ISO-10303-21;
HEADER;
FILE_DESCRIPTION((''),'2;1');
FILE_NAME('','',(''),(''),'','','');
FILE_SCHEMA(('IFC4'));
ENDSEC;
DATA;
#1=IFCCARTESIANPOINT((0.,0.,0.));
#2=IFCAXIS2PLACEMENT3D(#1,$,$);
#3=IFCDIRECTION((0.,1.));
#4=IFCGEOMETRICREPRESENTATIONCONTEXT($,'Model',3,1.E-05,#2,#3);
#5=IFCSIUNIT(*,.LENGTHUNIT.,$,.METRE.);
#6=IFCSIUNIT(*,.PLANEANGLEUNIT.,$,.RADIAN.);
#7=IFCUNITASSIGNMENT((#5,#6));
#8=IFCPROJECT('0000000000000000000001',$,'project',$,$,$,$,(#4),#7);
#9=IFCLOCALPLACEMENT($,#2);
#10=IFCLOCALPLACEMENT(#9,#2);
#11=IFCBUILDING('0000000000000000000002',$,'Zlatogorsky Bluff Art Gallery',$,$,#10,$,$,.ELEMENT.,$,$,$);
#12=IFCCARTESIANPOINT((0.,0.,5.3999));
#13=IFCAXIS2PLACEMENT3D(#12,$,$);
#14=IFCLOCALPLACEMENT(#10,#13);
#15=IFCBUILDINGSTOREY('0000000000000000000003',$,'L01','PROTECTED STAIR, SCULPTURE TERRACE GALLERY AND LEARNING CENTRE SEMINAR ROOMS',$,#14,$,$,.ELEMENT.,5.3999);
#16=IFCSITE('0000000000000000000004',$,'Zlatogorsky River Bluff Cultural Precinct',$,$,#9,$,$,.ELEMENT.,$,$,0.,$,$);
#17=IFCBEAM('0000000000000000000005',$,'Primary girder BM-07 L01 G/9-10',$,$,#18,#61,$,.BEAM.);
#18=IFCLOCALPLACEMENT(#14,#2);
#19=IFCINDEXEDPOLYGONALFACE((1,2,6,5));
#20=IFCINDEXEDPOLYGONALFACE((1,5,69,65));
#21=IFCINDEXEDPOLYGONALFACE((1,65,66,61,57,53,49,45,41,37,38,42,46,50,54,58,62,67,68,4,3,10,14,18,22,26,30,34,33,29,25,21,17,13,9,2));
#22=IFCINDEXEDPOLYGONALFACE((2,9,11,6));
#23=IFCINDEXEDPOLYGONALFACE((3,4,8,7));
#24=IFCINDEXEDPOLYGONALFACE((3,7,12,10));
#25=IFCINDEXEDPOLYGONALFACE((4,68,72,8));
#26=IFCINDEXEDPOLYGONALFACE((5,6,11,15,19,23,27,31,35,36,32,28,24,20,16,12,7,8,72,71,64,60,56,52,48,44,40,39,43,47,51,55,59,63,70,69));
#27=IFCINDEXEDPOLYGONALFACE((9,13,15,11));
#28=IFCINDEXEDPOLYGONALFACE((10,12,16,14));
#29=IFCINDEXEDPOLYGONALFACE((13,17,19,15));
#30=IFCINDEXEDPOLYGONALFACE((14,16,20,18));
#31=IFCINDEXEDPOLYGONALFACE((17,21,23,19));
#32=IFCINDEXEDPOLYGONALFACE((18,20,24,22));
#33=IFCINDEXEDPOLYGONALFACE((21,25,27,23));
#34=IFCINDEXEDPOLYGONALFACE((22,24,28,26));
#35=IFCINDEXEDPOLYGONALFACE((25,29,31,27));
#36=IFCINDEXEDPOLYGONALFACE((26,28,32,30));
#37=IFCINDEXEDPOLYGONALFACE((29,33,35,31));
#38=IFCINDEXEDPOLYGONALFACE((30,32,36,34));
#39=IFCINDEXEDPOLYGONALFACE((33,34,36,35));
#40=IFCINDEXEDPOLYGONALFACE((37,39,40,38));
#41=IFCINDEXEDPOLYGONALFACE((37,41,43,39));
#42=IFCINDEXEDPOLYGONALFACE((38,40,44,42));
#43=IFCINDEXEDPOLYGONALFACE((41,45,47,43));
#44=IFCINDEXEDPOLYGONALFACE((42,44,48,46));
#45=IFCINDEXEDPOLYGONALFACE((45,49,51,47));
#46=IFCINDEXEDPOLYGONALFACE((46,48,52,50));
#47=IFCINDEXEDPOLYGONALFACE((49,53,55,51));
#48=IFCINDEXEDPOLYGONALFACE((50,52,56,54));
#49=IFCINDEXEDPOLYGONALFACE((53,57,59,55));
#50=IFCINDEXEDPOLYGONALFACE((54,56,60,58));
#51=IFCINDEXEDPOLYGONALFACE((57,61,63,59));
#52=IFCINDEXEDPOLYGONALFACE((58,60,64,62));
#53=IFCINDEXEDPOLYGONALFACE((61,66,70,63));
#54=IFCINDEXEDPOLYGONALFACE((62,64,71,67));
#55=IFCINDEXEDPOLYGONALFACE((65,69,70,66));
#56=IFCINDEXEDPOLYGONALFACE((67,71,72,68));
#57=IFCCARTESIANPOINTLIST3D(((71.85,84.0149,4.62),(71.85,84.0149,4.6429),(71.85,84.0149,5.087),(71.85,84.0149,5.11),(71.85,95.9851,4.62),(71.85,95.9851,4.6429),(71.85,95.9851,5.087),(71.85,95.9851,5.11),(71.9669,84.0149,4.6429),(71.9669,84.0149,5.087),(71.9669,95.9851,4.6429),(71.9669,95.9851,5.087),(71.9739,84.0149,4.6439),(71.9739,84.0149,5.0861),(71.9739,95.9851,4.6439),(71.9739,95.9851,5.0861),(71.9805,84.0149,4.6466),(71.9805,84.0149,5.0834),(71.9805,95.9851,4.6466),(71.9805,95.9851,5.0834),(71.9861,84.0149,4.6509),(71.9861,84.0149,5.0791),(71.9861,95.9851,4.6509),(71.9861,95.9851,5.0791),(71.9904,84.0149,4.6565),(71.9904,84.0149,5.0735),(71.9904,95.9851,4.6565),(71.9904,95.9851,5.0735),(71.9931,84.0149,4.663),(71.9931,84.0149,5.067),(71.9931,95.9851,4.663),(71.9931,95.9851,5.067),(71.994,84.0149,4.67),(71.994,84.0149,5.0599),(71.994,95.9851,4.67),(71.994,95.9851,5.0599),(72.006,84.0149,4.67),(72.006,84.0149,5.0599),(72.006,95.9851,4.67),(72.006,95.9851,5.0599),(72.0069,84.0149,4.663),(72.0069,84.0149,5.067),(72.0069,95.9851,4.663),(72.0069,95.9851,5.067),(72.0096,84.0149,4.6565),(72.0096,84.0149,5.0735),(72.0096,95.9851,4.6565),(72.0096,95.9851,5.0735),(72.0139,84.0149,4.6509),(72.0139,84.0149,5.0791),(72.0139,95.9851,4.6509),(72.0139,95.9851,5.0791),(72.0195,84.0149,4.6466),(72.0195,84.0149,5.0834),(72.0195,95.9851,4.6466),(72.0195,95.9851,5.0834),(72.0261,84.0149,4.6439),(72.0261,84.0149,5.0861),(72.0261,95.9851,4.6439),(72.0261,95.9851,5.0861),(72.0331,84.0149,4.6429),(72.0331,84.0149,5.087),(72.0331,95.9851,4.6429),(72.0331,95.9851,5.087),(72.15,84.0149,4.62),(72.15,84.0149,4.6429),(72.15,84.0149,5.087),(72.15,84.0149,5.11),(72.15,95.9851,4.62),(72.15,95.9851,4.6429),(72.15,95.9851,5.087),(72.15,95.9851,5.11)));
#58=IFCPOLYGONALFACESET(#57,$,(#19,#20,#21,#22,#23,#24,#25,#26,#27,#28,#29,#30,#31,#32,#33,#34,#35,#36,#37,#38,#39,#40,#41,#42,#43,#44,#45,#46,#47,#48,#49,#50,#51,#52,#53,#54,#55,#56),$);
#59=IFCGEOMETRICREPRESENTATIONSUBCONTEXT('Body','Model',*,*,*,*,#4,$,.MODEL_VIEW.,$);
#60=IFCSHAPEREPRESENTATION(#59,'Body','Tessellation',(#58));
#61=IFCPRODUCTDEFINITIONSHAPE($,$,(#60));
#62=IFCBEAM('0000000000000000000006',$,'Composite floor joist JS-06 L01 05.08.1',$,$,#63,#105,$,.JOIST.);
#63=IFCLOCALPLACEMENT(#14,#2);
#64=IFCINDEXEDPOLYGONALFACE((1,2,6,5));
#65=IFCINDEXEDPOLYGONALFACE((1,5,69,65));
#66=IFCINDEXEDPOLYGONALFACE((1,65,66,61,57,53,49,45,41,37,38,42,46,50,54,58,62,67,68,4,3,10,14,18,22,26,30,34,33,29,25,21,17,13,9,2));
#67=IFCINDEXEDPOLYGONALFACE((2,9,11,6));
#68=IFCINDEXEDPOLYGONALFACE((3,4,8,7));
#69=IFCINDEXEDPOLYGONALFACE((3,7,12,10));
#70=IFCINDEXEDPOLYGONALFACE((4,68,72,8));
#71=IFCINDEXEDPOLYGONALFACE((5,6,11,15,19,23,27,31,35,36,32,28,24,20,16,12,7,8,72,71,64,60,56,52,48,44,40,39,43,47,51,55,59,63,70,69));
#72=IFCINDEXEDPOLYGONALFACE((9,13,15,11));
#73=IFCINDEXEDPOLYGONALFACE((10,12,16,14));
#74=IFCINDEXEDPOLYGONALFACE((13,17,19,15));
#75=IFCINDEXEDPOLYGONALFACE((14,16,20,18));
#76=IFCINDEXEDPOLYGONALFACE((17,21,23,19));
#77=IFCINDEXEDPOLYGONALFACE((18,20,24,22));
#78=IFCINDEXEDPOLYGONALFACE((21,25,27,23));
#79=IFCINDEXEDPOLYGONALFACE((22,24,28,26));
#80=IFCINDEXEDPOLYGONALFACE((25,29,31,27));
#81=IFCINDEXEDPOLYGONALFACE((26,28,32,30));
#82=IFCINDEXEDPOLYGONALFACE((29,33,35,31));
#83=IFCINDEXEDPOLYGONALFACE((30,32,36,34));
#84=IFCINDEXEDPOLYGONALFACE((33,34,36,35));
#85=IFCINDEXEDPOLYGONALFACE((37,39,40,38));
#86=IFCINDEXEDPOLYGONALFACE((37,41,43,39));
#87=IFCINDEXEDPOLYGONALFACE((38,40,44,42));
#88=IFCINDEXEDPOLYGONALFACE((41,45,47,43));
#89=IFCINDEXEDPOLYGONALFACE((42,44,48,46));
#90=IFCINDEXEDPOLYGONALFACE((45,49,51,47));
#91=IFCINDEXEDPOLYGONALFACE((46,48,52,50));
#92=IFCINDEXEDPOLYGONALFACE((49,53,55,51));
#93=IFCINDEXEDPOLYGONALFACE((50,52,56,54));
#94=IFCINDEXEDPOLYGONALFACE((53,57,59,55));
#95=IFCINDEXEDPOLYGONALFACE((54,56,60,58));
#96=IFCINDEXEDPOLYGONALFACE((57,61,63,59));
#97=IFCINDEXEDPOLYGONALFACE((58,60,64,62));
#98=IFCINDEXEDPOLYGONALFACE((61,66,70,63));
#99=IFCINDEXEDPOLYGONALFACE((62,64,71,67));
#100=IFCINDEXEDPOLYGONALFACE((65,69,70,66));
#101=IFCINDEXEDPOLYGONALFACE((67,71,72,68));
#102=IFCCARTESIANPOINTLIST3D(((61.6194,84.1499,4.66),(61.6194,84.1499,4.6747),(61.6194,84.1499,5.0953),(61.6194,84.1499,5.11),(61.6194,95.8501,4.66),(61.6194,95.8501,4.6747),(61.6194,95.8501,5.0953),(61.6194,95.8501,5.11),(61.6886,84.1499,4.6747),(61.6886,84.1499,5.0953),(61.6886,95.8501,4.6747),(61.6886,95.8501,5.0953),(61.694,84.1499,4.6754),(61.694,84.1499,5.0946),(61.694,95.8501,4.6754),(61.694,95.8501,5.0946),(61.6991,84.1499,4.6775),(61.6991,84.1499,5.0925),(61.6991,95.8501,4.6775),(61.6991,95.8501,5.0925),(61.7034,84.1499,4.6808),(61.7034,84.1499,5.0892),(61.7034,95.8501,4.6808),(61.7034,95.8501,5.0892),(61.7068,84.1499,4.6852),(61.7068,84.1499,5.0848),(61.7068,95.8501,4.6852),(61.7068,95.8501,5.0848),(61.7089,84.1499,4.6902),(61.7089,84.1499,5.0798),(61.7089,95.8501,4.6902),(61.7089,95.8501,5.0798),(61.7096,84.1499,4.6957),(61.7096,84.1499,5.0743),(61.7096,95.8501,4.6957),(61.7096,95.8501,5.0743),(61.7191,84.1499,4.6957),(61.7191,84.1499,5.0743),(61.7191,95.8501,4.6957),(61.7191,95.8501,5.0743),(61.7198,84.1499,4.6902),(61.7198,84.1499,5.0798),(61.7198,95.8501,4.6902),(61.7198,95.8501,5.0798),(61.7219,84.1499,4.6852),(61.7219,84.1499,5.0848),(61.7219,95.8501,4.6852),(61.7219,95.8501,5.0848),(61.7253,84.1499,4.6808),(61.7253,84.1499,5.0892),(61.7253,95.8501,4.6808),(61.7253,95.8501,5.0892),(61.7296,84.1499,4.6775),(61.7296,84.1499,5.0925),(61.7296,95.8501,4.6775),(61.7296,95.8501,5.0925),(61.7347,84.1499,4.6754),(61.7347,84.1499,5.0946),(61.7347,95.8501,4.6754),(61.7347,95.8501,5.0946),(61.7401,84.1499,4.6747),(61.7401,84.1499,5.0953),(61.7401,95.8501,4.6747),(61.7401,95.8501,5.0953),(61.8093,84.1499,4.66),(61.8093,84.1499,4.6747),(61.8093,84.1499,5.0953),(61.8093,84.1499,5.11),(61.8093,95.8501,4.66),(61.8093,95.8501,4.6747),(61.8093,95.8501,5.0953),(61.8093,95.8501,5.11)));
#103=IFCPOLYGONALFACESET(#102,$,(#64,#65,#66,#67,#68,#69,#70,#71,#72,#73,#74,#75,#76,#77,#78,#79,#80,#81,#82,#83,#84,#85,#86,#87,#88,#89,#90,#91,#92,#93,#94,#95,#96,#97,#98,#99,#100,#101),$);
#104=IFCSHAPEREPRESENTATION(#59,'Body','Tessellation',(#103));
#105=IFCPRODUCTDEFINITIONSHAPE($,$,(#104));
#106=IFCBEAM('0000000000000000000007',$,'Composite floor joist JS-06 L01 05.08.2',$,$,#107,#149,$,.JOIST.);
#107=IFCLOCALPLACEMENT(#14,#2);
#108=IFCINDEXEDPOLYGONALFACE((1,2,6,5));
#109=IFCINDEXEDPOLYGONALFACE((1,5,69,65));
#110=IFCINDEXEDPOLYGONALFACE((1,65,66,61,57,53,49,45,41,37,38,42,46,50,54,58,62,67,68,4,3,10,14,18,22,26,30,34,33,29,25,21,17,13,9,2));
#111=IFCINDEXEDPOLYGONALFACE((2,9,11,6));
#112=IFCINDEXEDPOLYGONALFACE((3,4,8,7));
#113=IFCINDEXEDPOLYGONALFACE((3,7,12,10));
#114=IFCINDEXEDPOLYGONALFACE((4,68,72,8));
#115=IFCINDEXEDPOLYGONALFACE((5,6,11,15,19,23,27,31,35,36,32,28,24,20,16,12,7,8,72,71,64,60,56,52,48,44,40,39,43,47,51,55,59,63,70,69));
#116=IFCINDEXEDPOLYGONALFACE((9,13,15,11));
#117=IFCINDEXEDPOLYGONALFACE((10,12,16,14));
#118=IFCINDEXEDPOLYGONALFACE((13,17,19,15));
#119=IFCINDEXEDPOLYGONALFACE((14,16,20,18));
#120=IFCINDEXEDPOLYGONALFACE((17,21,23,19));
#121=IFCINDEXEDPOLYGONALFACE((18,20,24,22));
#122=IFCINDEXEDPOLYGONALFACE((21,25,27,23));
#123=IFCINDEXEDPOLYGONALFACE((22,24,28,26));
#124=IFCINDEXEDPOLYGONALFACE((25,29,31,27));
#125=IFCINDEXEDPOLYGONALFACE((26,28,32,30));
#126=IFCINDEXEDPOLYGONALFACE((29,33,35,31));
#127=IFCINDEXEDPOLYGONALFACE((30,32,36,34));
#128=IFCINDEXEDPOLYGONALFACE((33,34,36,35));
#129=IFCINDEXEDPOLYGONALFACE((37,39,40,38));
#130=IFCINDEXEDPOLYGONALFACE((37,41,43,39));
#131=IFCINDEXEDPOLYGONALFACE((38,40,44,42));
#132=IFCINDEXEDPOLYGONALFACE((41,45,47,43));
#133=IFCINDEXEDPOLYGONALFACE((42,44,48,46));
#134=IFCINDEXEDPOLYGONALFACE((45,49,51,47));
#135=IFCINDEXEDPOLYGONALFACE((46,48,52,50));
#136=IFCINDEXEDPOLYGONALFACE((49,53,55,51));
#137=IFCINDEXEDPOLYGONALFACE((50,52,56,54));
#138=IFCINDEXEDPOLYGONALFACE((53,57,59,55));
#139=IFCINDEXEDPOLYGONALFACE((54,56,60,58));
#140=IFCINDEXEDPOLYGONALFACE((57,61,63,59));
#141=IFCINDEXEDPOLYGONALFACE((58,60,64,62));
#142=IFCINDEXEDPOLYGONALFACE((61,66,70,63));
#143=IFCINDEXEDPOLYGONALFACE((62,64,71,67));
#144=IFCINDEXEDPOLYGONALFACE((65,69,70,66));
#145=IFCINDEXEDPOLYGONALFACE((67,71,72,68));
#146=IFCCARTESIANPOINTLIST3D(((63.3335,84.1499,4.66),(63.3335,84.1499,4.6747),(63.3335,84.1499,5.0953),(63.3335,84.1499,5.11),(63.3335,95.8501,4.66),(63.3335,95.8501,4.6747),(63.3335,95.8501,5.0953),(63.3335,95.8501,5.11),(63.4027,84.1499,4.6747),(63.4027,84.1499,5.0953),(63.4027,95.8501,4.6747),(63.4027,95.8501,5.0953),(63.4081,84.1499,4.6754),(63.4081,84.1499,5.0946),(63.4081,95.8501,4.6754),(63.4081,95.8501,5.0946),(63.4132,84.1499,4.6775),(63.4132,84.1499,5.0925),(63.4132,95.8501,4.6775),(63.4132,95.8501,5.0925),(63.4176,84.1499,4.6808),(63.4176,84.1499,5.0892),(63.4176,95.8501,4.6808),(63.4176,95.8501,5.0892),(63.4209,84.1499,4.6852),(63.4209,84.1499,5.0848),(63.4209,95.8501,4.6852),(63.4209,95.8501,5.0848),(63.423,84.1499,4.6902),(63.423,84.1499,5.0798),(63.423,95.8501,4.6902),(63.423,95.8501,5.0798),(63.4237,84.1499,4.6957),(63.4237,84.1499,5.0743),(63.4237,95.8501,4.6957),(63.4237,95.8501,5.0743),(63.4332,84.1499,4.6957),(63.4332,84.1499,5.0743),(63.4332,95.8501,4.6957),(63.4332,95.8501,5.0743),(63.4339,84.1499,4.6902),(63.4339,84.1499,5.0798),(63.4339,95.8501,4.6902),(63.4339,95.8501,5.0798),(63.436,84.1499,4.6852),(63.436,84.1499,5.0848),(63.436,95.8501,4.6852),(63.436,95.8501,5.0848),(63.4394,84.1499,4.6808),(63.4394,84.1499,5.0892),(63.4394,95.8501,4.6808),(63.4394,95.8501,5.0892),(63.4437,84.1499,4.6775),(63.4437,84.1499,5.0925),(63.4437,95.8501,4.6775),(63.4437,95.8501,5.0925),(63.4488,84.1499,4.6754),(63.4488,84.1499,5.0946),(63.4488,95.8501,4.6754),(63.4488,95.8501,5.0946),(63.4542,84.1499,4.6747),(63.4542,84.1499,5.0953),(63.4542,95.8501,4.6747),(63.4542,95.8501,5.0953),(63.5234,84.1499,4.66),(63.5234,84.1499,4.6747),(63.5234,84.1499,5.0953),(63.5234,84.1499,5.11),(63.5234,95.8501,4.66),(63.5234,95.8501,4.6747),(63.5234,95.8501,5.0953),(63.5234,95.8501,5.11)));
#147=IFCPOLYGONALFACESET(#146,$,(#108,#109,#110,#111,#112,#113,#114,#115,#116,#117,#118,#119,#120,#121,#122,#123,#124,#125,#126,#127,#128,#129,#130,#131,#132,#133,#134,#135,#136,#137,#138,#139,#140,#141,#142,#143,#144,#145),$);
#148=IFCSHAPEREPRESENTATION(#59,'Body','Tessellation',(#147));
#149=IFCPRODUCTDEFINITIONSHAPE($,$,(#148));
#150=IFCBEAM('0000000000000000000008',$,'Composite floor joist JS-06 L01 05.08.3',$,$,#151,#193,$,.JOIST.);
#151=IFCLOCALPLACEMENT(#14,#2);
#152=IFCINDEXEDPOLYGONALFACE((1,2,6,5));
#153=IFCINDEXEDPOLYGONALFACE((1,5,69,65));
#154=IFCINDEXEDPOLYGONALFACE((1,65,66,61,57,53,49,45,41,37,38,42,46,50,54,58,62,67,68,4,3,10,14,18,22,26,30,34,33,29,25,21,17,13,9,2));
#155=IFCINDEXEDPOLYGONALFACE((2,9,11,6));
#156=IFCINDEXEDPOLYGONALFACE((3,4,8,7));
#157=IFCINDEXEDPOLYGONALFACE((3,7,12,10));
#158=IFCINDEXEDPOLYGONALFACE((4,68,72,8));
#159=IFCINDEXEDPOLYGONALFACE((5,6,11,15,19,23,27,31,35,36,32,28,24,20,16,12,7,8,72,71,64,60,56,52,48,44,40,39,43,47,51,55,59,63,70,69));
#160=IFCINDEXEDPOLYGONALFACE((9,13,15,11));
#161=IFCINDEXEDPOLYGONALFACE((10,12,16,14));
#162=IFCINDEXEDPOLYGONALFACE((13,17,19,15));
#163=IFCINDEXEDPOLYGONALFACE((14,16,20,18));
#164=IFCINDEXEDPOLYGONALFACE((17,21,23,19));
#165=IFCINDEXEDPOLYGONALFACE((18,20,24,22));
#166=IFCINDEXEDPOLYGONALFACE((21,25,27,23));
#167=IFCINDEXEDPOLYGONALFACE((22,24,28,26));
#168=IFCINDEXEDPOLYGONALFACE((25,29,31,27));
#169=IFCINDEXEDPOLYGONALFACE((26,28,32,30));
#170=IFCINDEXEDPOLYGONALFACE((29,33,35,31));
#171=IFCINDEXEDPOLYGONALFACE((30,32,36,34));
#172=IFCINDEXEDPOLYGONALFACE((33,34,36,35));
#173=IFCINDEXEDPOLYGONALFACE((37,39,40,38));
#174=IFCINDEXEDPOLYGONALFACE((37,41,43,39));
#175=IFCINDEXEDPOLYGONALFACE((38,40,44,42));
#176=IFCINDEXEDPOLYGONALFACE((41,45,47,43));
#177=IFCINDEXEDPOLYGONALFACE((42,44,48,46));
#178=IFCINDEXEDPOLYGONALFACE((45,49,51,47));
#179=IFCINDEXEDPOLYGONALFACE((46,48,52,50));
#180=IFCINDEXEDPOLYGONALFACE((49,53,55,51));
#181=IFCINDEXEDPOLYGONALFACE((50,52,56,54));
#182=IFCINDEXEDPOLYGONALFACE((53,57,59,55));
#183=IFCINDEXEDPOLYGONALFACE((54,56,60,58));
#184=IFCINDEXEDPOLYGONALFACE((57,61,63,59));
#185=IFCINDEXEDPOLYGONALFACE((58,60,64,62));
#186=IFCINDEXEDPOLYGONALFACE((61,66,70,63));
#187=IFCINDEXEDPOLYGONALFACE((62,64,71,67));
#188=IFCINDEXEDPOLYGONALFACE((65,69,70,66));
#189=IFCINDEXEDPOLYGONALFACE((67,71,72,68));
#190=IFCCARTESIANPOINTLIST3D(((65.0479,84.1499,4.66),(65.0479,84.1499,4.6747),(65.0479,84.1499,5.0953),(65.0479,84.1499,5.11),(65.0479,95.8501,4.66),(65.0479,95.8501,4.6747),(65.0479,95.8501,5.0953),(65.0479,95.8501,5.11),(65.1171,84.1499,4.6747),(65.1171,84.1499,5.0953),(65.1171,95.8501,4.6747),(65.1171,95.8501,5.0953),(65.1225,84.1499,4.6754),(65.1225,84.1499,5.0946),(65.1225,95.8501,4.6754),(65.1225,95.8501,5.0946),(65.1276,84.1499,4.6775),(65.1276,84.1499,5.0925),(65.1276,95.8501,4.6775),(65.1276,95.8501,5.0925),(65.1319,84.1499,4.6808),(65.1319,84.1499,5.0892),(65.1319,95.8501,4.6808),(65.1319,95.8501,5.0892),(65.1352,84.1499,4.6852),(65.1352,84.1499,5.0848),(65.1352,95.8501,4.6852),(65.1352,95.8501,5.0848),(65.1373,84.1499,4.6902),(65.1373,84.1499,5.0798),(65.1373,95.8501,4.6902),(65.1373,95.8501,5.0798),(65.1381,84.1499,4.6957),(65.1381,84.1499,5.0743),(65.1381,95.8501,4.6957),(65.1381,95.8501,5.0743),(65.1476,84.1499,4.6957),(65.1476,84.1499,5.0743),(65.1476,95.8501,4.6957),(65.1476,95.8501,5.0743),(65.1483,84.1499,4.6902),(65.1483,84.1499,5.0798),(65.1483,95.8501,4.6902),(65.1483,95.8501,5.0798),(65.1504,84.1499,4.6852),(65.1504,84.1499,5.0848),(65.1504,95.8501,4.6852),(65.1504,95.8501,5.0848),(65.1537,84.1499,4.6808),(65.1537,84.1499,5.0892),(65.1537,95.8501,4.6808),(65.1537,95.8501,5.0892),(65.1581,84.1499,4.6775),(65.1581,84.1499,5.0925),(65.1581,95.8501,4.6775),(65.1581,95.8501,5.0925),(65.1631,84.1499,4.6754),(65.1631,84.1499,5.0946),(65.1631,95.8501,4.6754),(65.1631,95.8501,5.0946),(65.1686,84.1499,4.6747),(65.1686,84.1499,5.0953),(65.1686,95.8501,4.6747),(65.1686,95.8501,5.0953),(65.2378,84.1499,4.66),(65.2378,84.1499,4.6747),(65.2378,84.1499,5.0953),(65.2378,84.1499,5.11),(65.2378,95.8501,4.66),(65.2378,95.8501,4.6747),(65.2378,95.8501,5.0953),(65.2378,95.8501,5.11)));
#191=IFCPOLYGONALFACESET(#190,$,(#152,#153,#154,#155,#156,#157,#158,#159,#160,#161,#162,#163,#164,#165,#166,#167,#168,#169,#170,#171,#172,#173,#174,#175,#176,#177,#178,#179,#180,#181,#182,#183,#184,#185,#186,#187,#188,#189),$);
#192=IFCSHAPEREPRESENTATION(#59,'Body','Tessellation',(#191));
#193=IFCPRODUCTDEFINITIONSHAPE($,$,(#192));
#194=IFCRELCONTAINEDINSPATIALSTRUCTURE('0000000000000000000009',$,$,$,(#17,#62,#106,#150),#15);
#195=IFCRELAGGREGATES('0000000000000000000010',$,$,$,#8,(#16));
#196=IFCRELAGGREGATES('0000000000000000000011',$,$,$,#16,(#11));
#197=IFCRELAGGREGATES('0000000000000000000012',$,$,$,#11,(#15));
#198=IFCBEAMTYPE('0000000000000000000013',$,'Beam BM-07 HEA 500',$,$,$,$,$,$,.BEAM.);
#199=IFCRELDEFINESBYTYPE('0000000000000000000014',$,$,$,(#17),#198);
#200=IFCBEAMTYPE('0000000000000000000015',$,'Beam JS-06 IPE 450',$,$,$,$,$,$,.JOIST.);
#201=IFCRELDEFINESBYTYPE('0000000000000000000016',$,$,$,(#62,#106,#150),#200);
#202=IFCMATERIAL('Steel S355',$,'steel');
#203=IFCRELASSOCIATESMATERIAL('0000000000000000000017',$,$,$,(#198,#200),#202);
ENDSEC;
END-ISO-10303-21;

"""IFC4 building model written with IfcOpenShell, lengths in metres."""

from ifc_helpers import new_model, si_unit, direction, frame, origin, origin_2d, place, context, subcontext, project, spatial, i_section, extrude, material, material_profile, profile_set, type_object, element, save


model = new_model("IFC4")

# Units and contexts
model_context = context("Model", 3, precision=1e-05, world=origin(), true_north=direction((0.0, 1.0)))
body_context = subcontext(model_context, "Body", "Model", "MODEL_VIEW")
ifc_project = project(units=[si_unit("LENGTHUNIT", "METRE"), si_unit("PLANEANGLEUNIT", "RADIAN")], contexts=[model_context])

# Site, building, storey
site_placement = place(None, origin())
site = spatial("IfcSite", under=ifc_project, at=site_placement, Name="Zlatogorsky River Bluff Cultural Precinct", CompositionType="ELEMENT", RefElevation=0.0)
building_placement = place(site_placement, origin())
building = spatial("IfcBuilding", under=site, at=building_placement, Name="Zlatogorsky Bluff Art Gallery", CompositionType="ELEMENT")
storey_placement = place(building_placement, frame((0.0, 0.0, 5.3999)))
storey = spatial("IfcBuildingStorey", under=building, at=storey_placement, Name="L01", Description="PROTECTED STAIR, SCULPTURE TERRACE GALLERY AND LEARNING CENTRE SEMINAR ROOMS", CompositionType="ELEMENT", Elevation=5.3999)

# Beams
ifc_material_1 = material(Name="Steel S355", Category="steel")
ifc_material_profile_1 = material_profile(ifc_material_1, i_section(OverallWidth=0.3, OverallDepth=0.49, WebThickness=0.012, FlangeThickness=0.0229, FilletRadius=0.0271, at=origin_2d()), Name="HEA 500")
ifc_profile_set_1 = profile_set([ifc_material_profile_1], Name="Steel S355")
beam_type_1 = type_object("IfcBeamType", Name="Beam BM-07 HEA 500", PredefinedType="BEAM", material=ifc_profile_set_1)
beam_placement = place(storey_placement, frame((72.0, 84.0149, 4.865), z_axis=(0.0, 1.0, 0.0), x_axis=(-1.0, 0.0, 0.0)))
element("IfcBeam", 1, at=beam_placement, inside=storey, type_object=beam_type_1, Name="Primary girder BM-07 L01 G/9-10", PredefinedType="BEAM", context=body_context, shape_type="SweptSolid", body=[
    extrude(i_section(OverallWidth=0.3, OverallDepth=0.49, WebThickness=0.012, FlangeThickness=0.0229, FilletRadius=0.0271, at=origin_2d()), origin(), (0.0, 0.0, 1.0), 11.9702),
])
ifc_material_profile_2 = material_profile(ifc_material_1, i_section(OverallWidth=0.1899, OverallDepth=0.45, WebThickness=0.0095, FlangeThickness=0.0146, FilletRadius=0.021, at=origin_2d()), Name="IPE 450")
ifc_profile_set_2 = profile_set([ifc_material_profile_2], Name="Steel S355")
beam_type_2 = type_object("IfcBeamType", Name="Beam JS-06 IPE 450", PredefinedType="JOIST", material=ifc_profile_set_2)
for number, where, z_axis, x_axis, name in (
    (2, (61.7144, 84.1499, 4.885), (0.0, 1.0, 0.0), (-1.0, 0.0, 0.0), "Composite floor joist JS-06 L01 05.08.1"),
    (3, (63.4285, 84.1499, 4.885), (0.0, 1.0, 0.0), (-1.0, 0.0, 0.0), "Composite floor joist JS-06 L01 05.08.2"),
    (4, (65.1428, 84.1499, 4.885), (0.0, 1.0, 0.0), (-1.0, 0.0, 0.0), "Composite floor joist JS-06 L01 05.08.3"),
):
    element("IfcBeam", number, at=place(storey_placement, frame(where, z_axis=z_axis, x_axis=x_axis)), inside=storey, type_object=beam_type_2, Name=name, PredefinedType="JOIST", context=body_context, shape_type="SweptSolid", body=[
        extrude(i_section(OverallWidth=0.1899, OverallDepth=0.45, WebThickness=0.0095, FlangeThickness=0.0146, FilletRadius=0.021, at=origin_2d()), origin(), (0.0, 0.0, 1.0), 11.7002),
    ])

save(model, "model.ifc")
